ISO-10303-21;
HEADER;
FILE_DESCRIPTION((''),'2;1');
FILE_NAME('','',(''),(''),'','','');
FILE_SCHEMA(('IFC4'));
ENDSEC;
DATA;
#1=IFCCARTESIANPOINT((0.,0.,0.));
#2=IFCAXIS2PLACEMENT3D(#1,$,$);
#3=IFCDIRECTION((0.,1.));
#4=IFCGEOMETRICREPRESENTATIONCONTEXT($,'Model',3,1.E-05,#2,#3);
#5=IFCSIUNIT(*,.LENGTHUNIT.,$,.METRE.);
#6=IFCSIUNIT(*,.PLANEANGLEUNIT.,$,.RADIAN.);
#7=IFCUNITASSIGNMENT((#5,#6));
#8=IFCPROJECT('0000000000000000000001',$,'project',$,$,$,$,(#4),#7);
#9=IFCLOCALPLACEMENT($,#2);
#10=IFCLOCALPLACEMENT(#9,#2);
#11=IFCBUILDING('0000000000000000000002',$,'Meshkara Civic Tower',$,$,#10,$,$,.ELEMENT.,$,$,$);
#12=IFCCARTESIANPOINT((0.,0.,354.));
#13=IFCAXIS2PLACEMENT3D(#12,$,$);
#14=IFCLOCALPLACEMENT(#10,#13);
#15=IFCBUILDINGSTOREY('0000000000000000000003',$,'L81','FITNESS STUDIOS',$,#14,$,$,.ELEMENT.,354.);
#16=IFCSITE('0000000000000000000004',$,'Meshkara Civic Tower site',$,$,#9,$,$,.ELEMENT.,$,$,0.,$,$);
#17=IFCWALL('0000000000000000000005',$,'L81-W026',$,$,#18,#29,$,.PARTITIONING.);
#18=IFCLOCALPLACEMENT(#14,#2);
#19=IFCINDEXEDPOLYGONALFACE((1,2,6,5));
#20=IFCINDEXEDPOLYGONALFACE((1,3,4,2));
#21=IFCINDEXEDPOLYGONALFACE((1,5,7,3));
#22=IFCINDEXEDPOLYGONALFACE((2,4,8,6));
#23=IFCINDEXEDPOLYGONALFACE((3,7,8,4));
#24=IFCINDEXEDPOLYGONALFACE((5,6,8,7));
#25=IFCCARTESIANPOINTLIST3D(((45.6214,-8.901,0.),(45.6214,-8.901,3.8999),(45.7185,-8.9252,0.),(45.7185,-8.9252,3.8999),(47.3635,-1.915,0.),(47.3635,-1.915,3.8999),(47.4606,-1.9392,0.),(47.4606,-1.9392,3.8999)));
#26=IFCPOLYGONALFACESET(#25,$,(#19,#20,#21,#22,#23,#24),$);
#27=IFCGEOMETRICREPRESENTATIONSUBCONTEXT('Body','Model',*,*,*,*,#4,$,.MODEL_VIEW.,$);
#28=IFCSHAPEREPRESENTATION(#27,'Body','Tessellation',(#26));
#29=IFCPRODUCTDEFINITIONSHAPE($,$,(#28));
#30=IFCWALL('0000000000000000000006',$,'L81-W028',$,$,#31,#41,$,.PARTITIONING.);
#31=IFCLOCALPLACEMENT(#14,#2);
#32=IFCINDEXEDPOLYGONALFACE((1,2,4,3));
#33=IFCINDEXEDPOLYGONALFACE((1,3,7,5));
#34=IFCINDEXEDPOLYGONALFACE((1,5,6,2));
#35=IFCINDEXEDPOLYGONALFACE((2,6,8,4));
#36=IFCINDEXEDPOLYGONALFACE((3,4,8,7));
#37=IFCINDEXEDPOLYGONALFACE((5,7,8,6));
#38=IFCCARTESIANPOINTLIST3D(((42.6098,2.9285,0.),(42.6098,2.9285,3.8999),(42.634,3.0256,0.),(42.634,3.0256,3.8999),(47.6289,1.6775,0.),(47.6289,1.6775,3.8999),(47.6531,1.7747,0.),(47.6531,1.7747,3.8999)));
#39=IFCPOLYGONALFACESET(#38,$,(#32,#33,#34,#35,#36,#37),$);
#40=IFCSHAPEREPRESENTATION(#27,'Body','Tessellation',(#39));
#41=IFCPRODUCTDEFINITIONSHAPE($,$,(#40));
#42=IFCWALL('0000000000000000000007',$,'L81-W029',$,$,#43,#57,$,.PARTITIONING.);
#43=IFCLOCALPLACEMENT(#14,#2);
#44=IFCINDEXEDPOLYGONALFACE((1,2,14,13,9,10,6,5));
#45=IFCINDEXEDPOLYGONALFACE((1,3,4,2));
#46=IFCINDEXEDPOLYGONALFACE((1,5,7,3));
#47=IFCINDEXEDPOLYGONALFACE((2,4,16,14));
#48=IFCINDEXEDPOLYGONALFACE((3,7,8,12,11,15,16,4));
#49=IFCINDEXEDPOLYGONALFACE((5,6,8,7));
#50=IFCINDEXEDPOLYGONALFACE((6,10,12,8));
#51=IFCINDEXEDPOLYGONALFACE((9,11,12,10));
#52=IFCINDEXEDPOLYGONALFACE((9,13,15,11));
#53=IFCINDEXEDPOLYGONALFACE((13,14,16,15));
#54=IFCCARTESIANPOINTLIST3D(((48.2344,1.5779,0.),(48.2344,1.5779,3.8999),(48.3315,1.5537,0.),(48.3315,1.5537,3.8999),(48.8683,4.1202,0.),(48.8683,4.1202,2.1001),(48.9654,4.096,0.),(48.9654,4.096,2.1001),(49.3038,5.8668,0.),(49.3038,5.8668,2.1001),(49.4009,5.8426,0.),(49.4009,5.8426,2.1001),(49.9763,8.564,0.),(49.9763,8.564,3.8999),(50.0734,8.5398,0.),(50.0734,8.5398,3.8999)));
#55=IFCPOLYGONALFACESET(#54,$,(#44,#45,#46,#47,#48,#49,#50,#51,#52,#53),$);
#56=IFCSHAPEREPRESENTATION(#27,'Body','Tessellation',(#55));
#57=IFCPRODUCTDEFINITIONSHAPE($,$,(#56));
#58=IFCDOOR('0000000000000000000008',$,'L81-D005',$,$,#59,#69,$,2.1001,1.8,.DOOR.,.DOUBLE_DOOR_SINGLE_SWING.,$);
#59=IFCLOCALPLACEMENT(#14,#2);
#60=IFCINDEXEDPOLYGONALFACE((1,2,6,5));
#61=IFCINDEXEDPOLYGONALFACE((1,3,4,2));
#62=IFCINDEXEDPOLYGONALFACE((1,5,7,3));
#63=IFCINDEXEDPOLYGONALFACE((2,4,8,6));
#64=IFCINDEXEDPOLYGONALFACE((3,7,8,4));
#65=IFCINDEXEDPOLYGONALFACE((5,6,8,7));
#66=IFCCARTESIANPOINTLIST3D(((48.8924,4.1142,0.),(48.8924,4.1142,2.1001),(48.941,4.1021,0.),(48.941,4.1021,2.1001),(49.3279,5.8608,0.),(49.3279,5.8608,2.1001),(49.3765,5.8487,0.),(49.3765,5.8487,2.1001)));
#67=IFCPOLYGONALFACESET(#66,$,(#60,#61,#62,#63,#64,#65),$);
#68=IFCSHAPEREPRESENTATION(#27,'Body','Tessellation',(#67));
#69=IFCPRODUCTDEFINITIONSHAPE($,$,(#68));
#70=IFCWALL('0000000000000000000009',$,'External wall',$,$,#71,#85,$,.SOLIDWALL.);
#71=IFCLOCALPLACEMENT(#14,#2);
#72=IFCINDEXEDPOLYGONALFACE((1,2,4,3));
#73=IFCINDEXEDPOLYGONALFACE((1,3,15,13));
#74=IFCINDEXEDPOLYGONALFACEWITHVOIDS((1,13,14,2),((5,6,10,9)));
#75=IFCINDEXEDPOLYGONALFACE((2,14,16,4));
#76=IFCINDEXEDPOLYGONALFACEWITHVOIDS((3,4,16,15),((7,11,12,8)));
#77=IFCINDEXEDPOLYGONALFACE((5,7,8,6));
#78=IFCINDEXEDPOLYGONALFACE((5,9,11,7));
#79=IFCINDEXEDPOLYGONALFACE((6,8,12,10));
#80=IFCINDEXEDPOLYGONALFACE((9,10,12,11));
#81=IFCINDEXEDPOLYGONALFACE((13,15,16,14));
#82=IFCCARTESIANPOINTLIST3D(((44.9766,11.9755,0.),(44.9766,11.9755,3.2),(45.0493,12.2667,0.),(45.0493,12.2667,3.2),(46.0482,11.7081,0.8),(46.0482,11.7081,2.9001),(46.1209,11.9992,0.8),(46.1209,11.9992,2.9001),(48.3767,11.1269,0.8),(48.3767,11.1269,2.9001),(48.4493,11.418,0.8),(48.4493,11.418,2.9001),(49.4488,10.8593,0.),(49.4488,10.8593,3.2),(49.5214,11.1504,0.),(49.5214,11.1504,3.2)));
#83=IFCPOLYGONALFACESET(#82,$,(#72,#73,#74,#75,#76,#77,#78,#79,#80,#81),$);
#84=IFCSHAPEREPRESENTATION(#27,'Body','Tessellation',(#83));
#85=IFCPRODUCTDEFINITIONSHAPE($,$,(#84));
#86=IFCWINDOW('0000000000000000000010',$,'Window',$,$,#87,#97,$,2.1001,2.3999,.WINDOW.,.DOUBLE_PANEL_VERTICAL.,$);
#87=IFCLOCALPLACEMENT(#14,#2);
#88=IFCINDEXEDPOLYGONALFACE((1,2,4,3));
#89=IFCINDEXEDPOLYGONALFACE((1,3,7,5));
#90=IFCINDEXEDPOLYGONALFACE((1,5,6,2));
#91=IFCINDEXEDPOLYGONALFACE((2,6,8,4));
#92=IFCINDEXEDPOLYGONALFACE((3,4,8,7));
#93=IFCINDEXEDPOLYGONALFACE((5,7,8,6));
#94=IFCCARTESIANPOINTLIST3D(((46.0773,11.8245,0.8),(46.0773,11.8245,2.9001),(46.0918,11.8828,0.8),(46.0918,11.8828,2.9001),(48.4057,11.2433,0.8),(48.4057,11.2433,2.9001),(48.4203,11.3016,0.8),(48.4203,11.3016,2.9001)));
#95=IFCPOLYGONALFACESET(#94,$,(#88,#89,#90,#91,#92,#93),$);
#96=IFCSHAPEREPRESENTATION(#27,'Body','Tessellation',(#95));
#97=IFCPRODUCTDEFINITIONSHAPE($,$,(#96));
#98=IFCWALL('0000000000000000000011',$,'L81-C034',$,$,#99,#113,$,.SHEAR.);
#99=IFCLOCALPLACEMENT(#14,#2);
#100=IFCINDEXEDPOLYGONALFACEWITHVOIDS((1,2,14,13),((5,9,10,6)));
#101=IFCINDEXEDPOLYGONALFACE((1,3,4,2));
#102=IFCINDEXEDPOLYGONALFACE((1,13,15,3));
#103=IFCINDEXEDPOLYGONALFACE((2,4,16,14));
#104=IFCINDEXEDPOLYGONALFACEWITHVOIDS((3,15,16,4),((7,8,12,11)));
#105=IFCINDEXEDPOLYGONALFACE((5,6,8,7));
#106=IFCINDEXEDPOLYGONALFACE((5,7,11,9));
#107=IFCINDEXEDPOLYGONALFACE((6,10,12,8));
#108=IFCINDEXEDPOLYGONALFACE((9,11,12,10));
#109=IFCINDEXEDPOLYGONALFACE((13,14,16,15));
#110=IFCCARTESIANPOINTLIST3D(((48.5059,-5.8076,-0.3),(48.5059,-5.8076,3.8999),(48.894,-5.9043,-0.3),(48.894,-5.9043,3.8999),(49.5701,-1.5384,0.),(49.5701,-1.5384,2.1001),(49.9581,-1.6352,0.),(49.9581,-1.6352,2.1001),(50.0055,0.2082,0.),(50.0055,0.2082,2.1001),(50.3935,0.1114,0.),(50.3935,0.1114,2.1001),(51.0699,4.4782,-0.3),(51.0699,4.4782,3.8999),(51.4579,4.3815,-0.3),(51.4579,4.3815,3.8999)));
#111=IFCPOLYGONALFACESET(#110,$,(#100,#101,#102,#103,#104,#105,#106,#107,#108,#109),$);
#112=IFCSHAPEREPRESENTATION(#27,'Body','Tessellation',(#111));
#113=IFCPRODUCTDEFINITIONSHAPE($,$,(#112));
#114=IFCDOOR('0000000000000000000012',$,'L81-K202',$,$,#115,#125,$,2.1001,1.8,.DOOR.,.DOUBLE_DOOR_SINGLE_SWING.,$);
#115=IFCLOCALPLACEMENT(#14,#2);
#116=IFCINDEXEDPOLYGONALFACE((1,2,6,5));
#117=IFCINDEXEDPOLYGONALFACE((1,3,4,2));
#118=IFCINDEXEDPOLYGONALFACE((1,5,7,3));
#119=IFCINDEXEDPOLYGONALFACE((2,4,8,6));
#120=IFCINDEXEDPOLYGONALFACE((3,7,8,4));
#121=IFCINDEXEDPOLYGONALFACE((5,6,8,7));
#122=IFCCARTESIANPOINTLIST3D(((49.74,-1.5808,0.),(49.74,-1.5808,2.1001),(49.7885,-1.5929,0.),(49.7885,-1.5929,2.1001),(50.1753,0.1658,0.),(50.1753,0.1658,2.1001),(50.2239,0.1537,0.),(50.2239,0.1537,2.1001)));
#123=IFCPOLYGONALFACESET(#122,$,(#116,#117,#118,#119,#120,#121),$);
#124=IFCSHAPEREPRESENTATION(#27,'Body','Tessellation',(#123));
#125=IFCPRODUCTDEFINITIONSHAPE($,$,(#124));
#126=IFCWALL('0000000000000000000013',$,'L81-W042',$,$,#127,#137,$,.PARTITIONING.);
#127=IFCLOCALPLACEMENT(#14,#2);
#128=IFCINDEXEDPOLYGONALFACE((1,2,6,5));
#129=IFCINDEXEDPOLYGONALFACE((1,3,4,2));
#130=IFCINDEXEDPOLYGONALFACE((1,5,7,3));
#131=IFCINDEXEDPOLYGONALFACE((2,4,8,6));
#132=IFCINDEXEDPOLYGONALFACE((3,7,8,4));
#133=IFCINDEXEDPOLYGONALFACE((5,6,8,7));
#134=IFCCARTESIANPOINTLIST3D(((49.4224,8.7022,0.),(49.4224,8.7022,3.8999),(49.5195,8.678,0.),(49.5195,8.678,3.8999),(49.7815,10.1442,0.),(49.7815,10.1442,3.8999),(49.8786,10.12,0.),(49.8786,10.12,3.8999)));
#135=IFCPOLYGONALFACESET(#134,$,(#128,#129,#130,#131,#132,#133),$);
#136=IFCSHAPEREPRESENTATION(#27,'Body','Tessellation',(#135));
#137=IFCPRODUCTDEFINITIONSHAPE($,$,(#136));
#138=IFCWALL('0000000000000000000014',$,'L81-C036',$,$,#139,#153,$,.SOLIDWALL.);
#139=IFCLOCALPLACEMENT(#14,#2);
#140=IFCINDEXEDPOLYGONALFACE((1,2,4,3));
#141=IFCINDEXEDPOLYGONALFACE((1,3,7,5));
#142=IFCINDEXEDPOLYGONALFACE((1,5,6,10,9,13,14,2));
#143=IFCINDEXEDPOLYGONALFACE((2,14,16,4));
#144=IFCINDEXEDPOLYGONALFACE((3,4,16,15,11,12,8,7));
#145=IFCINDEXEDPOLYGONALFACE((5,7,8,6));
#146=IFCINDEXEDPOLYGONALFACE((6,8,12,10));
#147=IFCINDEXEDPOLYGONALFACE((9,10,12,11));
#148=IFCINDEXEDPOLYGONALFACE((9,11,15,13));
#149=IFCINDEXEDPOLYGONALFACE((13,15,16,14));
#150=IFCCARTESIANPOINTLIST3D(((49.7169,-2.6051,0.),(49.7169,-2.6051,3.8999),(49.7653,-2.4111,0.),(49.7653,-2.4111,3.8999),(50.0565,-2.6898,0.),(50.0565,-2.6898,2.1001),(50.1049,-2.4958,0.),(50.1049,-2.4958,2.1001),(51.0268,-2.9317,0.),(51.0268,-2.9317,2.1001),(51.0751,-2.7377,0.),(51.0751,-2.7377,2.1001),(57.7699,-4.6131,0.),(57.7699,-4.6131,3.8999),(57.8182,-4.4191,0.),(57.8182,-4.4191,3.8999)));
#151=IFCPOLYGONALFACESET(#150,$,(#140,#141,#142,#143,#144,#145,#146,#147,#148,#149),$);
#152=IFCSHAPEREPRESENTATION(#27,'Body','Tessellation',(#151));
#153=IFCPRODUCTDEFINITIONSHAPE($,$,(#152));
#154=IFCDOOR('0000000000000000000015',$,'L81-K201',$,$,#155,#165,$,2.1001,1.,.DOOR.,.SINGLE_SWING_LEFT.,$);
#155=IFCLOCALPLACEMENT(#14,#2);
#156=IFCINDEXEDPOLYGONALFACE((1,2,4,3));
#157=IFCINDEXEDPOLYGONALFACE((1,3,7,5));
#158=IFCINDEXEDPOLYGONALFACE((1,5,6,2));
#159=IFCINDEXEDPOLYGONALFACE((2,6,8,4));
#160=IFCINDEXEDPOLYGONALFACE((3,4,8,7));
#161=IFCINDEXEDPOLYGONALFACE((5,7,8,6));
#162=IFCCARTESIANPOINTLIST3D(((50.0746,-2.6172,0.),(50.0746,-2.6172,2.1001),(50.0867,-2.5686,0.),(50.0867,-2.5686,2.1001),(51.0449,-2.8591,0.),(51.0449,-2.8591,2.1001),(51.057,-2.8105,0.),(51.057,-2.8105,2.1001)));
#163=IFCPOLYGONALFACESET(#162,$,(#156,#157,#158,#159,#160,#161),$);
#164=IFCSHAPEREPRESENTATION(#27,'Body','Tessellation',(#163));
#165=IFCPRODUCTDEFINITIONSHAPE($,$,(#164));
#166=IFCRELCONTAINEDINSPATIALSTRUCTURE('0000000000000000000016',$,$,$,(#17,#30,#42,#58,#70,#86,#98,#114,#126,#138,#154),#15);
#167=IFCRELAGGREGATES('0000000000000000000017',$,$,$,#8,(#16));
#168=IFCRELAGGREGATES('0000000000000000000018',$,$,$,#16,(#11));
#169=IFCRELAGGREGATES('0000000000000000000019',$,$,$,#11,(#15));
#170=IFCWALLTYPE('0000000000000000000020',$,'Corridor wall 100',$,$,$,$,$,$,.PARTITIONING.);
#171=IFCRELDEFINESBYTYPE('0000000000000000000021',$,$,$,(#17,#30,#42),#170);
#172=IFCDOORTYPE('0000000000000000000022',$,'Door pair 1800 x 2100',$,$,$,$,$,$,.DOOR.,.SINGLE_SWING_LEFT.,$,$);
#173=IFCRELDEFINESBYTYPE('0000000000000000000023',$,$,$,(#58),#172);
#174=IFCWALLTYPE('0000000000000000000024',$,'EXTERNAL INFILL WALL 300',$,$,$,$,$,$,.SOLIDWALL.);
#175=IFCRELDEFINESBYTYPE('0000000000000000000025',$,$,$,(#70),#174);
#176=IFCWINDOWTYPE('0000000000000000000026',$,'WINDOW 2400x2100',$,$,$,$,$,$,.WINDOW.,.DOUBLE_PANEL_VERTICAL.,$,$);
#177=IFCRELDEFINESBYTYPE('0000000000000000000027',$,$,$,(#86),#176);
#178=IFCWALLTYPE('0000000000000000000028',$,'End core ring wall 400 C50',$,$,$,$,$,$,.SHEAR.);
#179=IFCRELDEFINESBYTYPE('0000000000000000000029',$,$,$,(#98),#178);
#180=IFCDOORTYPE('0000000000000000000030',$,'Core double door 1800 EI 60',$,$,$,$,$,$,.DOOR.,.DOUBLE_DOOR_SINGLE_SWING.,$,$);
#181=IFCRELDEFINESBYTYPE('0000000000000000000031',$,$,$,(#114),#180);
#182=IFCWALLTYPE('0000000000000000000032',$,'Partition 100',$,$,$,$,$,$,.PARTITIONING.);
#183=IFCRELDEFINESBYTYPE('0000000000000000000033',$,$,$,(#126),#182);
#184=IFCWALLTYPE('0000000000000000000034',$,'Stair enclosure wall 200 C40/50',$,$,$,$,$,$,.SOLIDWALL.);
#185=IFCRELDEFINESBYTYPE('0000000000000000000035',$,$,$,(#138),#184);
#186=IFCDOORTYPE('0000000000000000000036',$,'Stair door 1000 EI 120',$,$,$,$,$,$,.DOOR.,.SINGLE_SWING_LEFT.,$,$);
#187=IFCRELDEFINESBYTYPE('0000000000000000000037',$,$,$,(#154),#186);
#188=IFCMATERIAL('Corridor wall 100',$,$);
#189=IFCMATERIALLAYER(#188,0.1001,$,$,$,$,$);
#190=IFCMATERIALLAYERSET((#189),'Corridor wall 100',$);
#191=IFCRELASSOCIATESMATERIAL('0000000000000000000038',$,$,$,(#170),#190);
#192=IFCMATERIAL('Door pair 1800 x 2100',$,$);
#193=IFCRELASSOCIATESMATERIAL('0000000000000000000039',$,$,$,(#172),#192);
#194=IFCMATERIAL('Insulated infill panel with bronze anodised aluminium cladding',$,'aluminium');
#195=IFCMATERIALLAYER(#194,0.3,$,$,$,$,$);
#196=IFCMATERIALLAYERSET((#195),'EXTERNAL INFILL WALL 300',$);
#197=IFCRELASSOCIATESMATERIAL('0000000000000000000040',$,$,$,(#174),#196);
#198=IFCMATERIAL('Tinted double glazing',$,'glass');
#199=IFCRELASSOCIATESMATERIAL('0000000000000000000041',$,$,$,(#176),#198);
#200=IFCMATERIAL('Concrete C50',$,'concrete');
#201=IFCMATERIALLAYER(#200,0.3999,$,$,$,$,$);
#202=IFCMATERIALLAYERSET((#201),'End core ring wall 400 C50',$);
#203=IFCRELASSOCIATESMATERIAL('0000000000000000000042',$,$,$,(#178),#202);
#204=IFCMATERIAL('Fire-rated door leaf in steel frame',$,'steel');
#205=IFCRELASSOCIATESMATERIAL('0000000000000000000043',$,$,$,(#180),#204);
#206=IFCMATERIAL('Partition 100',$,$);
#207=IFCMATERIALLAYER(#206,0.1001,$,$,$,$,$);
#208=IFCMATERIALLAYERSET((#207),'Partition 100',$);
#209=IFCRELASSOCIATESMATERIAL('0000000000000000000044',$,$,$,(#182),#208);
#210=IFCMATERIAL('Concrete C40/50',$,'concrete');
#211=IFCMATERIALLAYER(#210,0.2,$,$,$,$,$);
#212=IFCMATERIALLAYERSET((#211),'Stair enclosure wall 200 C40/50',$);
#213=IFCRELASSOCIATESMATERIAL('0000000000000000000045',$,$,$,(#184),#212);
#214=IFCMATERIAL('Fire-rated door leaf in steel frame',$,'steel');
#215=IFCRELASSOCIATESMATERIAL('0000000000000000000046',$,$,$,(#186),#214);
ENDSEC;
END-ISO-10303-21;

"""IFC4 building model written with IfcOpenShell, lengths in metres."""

from ifc_helpers import new_model, si_unit, direction, frame, frame_2d, origin, place, context, subcontext, project, spatial, rectangle, extrude, material, layer, layer_set, type_object, element, fill, save


model = new_model("IFC4")

# Units and contexts
model_context = context("Model", 3, precision=1e-05, world=origin(), true_north=direction((0.0, 1.0)))
body_context = subcontext(model_context, "Body", "Model", "MODEL_VIEW")
ifc_project = project(units=[si_unit("LENGTHUNIT", "METRE"), si_unit("PLANEANGLEUNIT", "RADIAN")], contexts=[model_context])

# Site, building, storey
site_placement = place(None, origin())
site = spatial("IfcSite", under=ifc_project, at=site_placement, Name="Meshkara Civic Tower site", CompositionType="ELEMENT", RefElevation=0.0)
building_placement = place(site_placement, origin())
building = spatial("IfcBuilding", under=site, at=building_placement, Name="Meshkara Civic Tower", CompositionType="ELEMENT")
storey_placement = place(building_placement, frame((0.0, 0.0, 354.0)))
storey = spatial("IfcBuildingStorey", under=building, at=storey_placement, Name="L81", Description="FITNESS STUDIOS", CompositionType="ELEMENT", Elevation=354.0)

# Shared definitions
ifc_material_1 = material(Name="Corridor wall 100")
ifc_layer_1 = layer(ifc_material_1, 0.1001)
ifc_layer_set_1 = layer_set([ifc_layer_1], Name="Corridor wall 100")
wall_type_1 = type_object("IfcWallType", Name="Corridor wall 100", PredefinedType="PARTITIONING", material=ifc_layer_set_1)
ifc_material_2 = material(Name="Door pair 1800 x 2100")
door_type_1 = type_object("IfcDoorType", Name="Door pair 1800 x 2100", OperationType="SINGLE_SWING_LEFT", PredefinedType="DOOR", material=ifc_material_2)

# Walls
wall_1_placement = place(storey_placement, frame((47.4121, -1.927, 0.0), z_axis=(0.0, 0.0, 1.0), x_axis=(-0.241969, -0.970284, 0.0)))
element("IfcWall", 1, at=wall_1_placement, inside=storey, type_object=wall_type_1, Name="L81-W026", PredefinedType="PARTITIONING", context=body_context, shape_type="SweptSolid", body=[
    extrude(rectangle(XDim=7.2, YDim=0.1001, at=frame_2d((3.6001, 0.0))), origin(), (0.0, 0.0, 1.0), 3.8999),
])
wall_2_placement = place(storey_placement, frame((47.6411, 1.7261, 0.0), z_axis=(0.0, 0.0, 1.0), x_axis=(-0.970314, 0.241847, 0.0)))
element("IfcWall", 2, at=wall_2_placement, inside=storey, type_object=wall_type_1, Name="L81-W028", PredefinedType="PARTITIONING", context=body_context, shape_type="SweptSolid", body=[
    extrude(rectangle(XDim=5.1726, YDim=0.1001, at=frame_2d((2.5864, 0.0))), origin(), (0.0, 0.0, 1.0), 3.8999),
])

# Wall, opening, door
wall_3_placement = place(storey_placement, frame((50.0249, 8.552, 0.0), z_axis=(0.0, 0.0, 1.0), x_axis=(-0.241937, -0.970292, 0.0)))
wall_3 = element("IfcWall", 3, at=wall_3_placement, inside=storey, type_object=wall_type_1, Name="L81-W029", PredefinedType="PARTITIONING", context=body_context, shape_type="SweptSolid", body=[
    extrude(rectangle(XDim=7.2, YDim=0.1001, at=frame_2d((3.6001, 0.0))), origin(), (0.0, 0.0, 1.0), 3.8999),
])
opening_1_placement = place(wall_3_placement, frame((2.78, 0.0, 0.0)))
opening_1 = element("IfcOpeningElement", 4, at=opening_1_placement, cuts=wall_3, PredefinedType="OPENING", context=body_context, shape_type="SweptSolid", body=[
    extrude(rectangle(XDim=1.8, YDim=2.1001, at=frame_2d((0.8999, 1.05))), frame((0.0, 0.0601, 0.0), z_axis=(0.0, -1.0, 0.0), x_axis=(1.0, 0.0, 0.0)), (0.0, 0.0, 1.0), 0.1201),
])
door_1_placement = place(opening_1_placement, origin())
door_1 = element("IfcDoor", 5, at=door_1_placement, inside=storey, type_object=door_type_1, Name="L81-D005", OperationType="DOUBLE_DOOR_SINGLE_SWING", OverallHeight=2.1001, OverallWidth=1.8, PredefinedType="DOOR", context=body_context, shape_type="SweptSolid", body=[
    extrude(rectangle(XDim=1.8, YDim=2.1001, at=frame_2d((0.8999, 1.05))), frame((0.0, 0.0249, 0.0), z_axis=(0.0, -1.0, 0.0), x_axis=(1.0, 0.0, 0.0)), (0.0, 0.0, 1.0), 0.05),
])
fill(opening_1, door_1)

# Wall, opening, window
ifc_material_3 = material(Name="Insulated infill panel with bronze anodised aluminium cladding", Category="aluminium")
ifc_layer_2 = layer(ifc_material_3, 0.3)
ifc_layer_set_2 = layer_set([ifc_layer_2], Name="EXTERNAL INFILL WALL 300")
wall_type_2 = type_object("IfcWallType", Name="EXTERNAL INFILL WALL 300", PredefinedType="SOLIDWALL", material=ifc_layer_set_2)
wall_4_placement = place(storey_placement, frame((49.4851, 11.0049, 0.0), z_axis=(0.0, 0.0, 1.0), x_axis=(-0.970236, 0.242162, 0.0)))
wall_4 = element("IfcWall", 6, at=wall_4_placement, inside=storey, type_object=wall_type_2, Name="External wall", PredefinedType="SOLIDWALL", context=body_context, shape_type="SweptSolid", body=[
    extrude(rectangle(XDim=4.6094, YDim=0.3, at=frame_2d((2.3047, 0.0))), origin(), (0.0, 0.0, 1.0), 3.2),
])
opening_2_placement = place(wall_4_placement, frame((1.105, 0.0, 0.8)))
opening_2 = element("IfcOpeningElement", 7, at=opening_2_placement, cuts=wall_4, PredefinedType="OPENING", context=body_context, shape_type="SweptSolid", body=[
    extrude(rectangle(XDim=2.3999, YDim=2.1001, at=frame_2d((1.2, 1.05))), frame((0.0, 0.1599, 0.0), z_axis=(0.0, -1.0, 0.0), x_axis=(1.0, 0.0, 0.0)), (0.0, 0.0, 1.0), 0.3201),
])
ifc_material_4 = material(Name="Tinted double glazing", Category="glass")
window_type = type_object("IfcWindowType", Name="WINDOW 2400x2100", PartitioningType="DOUBLE_PANEL_VERTICAL", PredefinedType="WINDOW", material=ifc_material_4)
window_placement = place(opening_2_placement, origin())
window = element("IfcWindow", 8, at=window_placement, inside=storey, type_object=window_type, Name="Window", OverallHeight=2.1001, OverallWidth=2.3999, PartitioningType="DOUBLE_PANEL_VERTICAL", PredefinedType="WINDOW", context=body_context, shape_type="SweptSolid", body=[
    extrude(rectangle(XDim=2.3999, YDim=2.1001, at=frame_2d((1.2, 1.05))), frame((0.0, 0.03, 0.0), z_axis=(0.0, -1.0, 0.0), x_axis=(1.0, 0.0, 0.0)), (0.0, 0.0, 1.0), 0.0601),
])
fill(opening_2, window)

# Wall, opening, door
ifc_material_5 = material(Name="Concrete C50", Category="concrete")
ifc_layer_3 = layer(ifc_material_5, 0.3999)
ifc_layer_set_3 = layer_set([ifc_layer_3], Name="End core ring wall 400 C50")
wall_type_3 = type_object("IfcWallType", Name="End core ring wall 400 C50", PredefinedType="SHEAR", material=ifc_layer_set_3)
wall_5_placement = place(storey_placement, frame((48.7, -5.856, -0.3), z_axis=(0.0, 0.0, 1.0), x_axis=(0.241869, 0.970309, 0.0)))
wall_5 = element("IfcWall", 9, at=wall_5_placement, inside=storey, type_object=wall_type_3, Name="L81-C034", PredefinedType="SHEAR", context=body_context, shape_type="SweptSolid", body=[
    extrude(rectangle(XDim=10.6006, YDim=0.3999, at=frame_2d((5.3003, 0.0))), origin(), (0.0, 0.0, 1.0), 4.2),
])
opening_3_placement = place(wall_5_placement, frame((4.3999, 0.0, 0.3)))
opening_3 = element("IfcOpeningElement", 10, at=opening_3_placement, cuts=wall_5, PredefinedType="OPENING", context=body_context, shape_type="SweptSolid", body=[
    extrude(rectangle(XDim=1.8, YDim=2.1001, at=frame_2d((0.8999, 1.05))), frame((0.0, 0.21, 0.0), z_axis=(0.0, -1.0, 0.0), x_axis=(1.0, 0.0, 0.0)), (0.0, 0.0, 1.0), 0.4199),
])
ifc_material_6 = material(Name="Fire-rated door leaf in steel frame", Category="steel")
door_type_2 = type_object("IfcDoorType", Name="Core double door 1800 EI 60", OperationType="DOUBLE_DOOR_SINGLE_SWING", PredefinedType="DOOR", material=ifc_material_6)
door_2_placement = place(opening_3_placement, origin())
door_2 = element("IfcDoor", 11, at=door_2_placement, inside=storey, type_object=door_type_2, Name="L81-K202", OperationType="DOUBLE_DOOR_SINGLE_SWING", OverallHeight=2.1001, OverallWidth=1.8, PredefinedType="DOOR", context=body_context, shape_type="SweptSolid", body=[
    extrude(rectangle(XDim=1.8, YDim=2.1001, at=frame_2d((0.8999, 1.05))), frame((0.0, 0.0249, 0.0), z_axis=(0.0, -1.0, 0.0), x_axis=(1.0, 0.0, 0.0)), (0.0, 0.0, 1.0), 0.05),
])
fill(opening_3, door_2)

# Wall
ifc_material_7 = material(Name="Partition 100")
ifc_layer_4 = layer(ifc_material_7, 0.1001)
ifc_layer_set_4 = layer_set([ifc_layer_4], Name="Partition 100")
wall_type_4 = type_object("IfcWallType", Name="Partition 100", PredefinedType="PARTITIONING", material=ifc_layer_set_4)
wall_6_placement = place(storey_placement, frame((49.4709, 8.6899, 0.0), z_axis=(0.0, 0.0, 1.0), x_axis=(0.241647, 0.970364, 0.0)))
element("IfcWall", 12, at=wall_6_placement, inside=storey, type_object=wall_type_4, Name="L81-W042", PredefinedType="PARTITIONING", context=body_context, shape_type="SweptSolid", body=[
    extrude(rectangle(XDim=1.4861, YDim=0.1001, at=frame_2d((0.7432, 0.0))), origin(), (0.0, 0.0, 1.0), 3.8999),
])

# Wall, opening, door
ifc_material_8 = material(Name="Concrete C40/50", Category="concrete")
ifc_layer_5 = layer(ifc_material_8, 0.2)
ifc_layer_set_5 = layer_set([ifc_layer_5], Name="Stair enclosure wall 200 C40/50")
wall_type_5 = type_object("IfcWallType", Name="Stair enclosure wall 200 C40/50", PredefinedType="SOLIDWALL", material=ifc_layer_set_5)
wall_7_placement = place(storey_placement, frame((49.741, -2.5081, 0.0), z_axis=(0.0, 0.0, 1.0), x_axis=(0.970289, -0.241947, 0.0)))
wall_7 = element("IfcWall", 13, at=wall_7_placement, inside=storey, type_object=wall_type_5, Name="L81-C036", PredefinedType="SOLIDWALL", context=body_context, shape_type="SweptSolid", body=[
    extrude(rectangle(XDim=8.2996, YDim=0.2, at=frame_2d((4.1499, 0.0))), origin(), (0.0, 0.0, 1.0), 3.8999),
])
opening_4_placement = place(wall_7_placement, frame((0.3501, 0.0, 0.0)))
opening_4 = element("IfcOpeningElement", 14, at=opening_4_placement, cuts=wall_7, PredefinedType="OPENING", context=body_context, shape_type="SweptSolid", body=[
    extrude(rectangle(XDim=1.0, YDim=2.1001, at=frame_2d((0.5, 1.05))), frame((0.0, 0.1099, 0.0), z_axis=(0.0, -1.0, 0.0), x_axis=(1.0, 0.0, 0.0)), (0.0, 0.0, 1.0), 0.22),
])
ifc_material_9 = material(Name="Fire-rated door leaf in steel frame", Category="steel")
door_type_3 = type_object("IfcDoorType", Name="Stair door 1000 EI 120", OperationType="SINGLE_SWING_LEFT", PredefinedType="DOOR", material=ifc_material_9)
door_3_placement = place(opening_4_placement, origin())
door_3 = element("IfcDoor", 15, at=door_3_placement, inside=storey, type_object=door_type_3, Name="L81-K201", OperationType="SINGLE_SWING_LEFT", OverallHeight=2.1001, OverallWidth=1.0, PredefinedType="DOOR", context=body_context, shape_type="SweptSolid", body=[
    extrude(rectangle(XDim=1.0, YDim=2.1001, at=frame_2d((0.5, 1.05))), frame((0.0, 0.0249, 0.0), z_axis=(0.0, -1.0, 0.0), x_axis=(1.0, 0.0, 0.0)), (0.0, 0.0, 1.0), 0.05),
])
fill(opening_4, door_3)

save(model, "model.ifc")
